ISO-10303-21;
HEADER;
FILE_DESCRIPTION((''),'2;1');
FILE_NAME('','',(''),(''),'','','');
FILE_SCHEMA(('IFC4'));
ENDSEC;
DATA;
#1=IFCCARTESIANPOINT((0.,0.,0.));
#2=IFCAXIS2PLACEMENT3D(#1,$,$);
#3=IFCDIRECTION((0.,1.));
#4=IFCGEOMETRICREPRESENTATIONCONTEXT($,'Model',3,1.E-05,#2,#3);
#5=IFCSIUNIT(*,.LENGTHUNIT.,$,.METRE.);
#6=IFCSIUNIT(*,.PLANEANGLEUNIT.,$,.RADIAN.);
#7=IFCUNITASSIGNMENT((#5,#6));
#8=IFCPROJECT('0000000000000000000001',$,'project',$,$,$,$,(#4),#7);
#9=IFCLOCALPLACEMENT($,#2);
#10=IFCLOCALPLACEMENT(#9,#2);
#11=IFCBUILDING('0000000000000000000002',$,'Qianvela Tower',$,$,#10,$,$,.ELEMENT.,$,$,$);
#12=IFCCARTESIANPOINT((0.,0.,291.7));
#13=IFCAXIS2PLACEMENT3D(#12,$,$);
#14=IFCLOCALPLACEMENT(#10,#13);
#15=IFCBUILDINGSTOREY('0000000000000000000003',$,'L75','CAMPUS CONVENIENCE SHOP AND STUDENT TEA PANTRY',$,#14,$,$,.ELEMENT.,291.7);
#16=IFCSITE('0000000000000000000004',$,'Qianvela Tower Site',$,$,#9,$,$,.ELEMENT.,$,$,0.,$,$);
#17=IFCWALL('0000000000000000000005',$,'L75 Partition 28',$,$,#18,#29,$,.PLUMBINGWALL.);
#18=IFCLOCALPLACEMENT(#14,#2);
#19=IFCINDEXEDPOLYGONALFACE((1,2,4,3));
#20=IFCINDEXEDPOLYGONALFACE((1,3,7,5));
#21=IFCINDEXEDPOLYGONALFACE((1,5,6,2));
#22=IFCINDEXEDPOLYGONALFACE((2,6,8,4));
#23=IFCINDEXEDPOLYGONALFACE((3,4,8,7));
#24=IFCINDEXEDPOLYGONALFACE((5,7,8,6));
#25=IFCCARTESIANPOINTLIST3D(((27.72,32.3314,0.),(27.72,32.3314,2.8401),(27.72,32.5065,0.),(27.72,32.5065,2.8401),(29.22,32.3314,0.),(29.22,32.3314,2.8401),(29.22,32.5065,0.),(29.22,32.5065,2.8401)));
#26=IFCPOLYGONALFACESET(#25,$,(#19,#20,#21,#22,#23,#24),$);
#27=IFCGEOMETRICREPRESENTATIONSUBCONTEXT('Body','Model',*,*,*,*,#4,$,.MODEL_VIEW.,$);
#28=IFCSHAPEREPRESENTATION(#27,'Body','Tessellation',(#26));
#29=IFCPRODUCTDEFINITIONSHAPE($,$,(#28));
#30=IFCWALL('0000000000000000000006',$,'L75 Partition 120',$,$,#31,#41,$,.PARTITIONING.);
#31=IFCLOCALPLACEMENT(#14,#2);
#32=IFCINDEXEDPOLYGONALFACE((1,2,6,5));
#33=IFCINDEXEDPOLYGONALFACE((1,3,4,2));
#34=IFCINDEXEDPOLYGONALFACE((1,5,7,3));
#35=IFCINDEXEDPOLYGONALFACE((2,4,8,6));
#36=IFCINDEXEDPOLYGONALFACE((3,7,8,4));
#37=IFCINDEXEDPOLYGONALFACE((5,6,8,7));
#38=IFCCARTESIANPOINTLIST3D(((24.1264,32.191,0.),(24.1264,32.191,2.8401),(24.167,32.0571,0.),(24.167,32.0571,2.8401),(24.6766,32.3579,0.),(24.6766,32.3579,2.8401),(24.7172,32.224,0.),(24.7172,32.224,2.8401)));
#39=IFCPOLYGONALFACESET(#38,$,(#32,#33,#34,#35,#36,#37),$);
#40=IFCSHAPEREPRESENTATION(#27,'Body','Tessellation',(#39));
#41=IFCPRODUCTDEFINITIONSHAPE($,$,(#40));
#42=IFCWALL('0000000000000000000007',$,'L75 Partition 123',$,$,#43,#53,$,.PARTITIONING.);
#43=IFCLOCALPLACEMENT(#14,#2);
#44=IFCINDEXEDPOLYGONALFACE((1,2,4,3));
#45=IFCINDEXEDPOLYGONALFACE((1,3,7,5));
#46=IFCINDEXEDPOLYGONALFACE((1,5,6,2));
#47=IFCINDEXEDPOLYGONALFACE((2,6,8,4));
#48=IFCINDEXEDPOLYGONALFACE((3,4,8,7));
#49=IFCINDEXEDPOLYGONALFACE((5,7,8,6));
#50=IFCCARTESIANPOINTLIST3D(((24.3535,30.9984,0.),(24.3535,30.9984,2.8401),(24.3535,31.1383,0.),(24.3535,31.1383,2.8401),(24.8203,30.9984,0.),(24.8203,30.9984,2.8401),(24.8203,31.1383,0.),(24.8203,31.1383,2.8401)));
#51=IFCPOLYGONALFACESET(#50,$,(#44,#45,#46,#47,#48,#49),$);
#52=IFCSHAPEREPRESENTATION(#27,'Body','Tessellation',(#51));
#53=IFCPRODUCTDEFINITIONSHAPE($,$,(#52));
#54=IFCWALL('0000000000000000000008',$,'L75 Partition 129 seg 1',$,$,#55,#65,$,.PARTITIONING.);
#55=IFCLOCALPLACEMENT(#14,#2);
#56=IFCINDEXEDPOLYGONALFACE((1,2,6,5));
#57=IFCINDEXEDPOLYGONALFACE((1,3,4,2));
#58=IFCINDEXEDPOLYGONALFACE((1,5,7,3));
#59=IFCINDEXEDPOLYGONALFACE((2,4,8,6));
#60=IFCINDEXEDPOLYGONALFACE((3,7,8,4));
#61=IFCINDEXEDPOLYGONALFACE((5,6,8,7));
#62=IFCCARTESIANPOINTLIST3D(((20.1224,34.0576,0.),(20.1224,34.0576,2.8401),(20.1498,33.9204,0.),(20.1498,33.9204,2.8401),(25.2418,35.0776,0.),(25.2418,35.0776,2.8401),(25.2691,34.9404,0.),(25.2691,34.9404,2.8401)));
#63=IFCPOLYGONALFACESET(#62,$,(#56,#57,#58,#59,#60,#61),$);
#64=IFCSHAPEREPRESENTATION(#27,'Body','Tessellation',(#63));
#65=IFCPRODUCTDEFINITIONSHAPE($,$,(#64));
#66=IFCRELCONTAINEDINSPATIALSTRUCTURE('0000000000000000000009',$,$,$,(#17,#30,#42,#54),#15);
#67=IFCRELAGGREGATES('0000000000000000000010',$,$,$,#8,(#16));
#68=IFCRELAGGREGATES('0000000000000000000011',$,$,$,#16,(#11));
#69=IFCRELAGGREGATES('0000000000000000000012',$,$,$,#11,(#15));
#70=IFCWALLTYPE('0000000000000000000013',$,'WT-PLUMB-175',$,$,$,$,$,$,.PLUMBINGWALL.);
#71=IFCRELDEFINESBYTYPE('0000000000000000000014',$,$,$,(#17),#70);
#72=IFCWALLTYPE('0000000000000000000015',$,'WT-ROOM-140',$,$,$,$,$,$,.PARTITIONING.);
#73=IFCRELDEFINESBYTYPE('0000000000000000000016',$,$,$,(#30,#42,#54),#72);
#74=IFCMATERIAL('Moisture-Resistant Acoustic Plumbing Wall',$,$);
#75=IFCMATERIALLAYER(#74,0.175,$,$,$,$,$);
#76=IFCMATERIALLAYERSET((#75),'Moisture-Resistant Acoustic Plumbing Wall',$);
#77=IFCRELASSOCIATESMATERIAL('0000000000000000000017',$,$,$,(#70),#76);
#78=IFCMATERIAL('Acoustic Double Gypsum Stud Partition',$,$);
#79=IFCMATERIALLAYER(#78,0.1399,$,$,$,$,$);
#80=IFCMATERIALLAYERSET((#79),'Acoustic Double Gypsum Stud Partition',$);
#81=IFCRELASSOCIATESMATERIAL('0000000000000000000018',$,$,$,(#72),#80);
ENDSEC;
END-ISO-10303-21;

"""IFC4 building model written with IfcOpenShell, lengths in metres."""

from ifc_helpers import new_model, si_unit, direction, frame, frame_2d, origin, place, context, subcontext, project, spatial, rectangle, extrude, material, layer, layer_set, type_object, element, save


model = new_model("IFC4")

# Units and contexts
model_context = context("Model", 3, precision=1e-05, world=origin(), true_north=direction((0.0, 1.0)))
body_context = subcontext(model_context, "Body", "Model", "MODEL_VIEW")
ifc_project = project(units=[si_unit("LENGTHUNIT", "METRE"), si_unit("PLANEANGLEUNIT", "RADIAN")], contexts=[model_context])

# Site, building, storey
site_placement = place(None, origin())
site = spatial("IfcSite", under=ifc_project, at=site_placement, Name="Qianvela Tower Site", CompositionType="ELEMENT", RefElevation=0.0)
building_placement = place(site_placement, origin())
building = spatial("IfcBuilding", under=site, at=building_placement, Name="Qianvela Tower", CompositionType="ELEMENT")
storey_placement = place(building_placement, frame((0.0, 0.0, 291.7)))
storey = spatial("IfcBuildingStorey", under=building, at=storey_placement, Name="L75", Description="CAMPUS CONVENIENCE SHOP AND STUDENT TEA PANTRY", CompositionType="ELEMENT", Elevation=291.7)

# Walls
ifc_material_1 = material(Name="Moisture-Resistant Acoustic Plumbing Wall")
ifc_layer_1 = layer(ifc_material_1, 0.175)
ifc_layer_set_1 = layer_set([ifc_layer_1], Name="Moisture-Resistant Acoustic Plumbing Wall")
wall_type_1 = type_object("IfcWallType", Name="WT-PLUMB-175", PredefinedType="PLUMBINGWALL", material=ifc_layer_set_1)
for number, where, z_axis, x_axis, name in (
    (1, (27.72, 32.4189, 0.0), (0.0, 0.0, 1.0), (1.0, 0.0, 0.0), "L75 Partition 28"),
):
    element("IfcWall", number, at=place(storey_placement, frame(where, z_axis=z_axis, x_axis=x_axis)), inside=storey, type_object=wall_type_1, Name=name, PredefinedType="PLUMBINGWALL", context=body_context, shape_type="SweptSolid", body=[
        extrude(rectangle(XDim=1.5, YDim=0.175, at=frame_2d((0.75, 0.0))), origin(), (0.0, 0.0, 1.0), 2.8401),
    ])
ifc_material_2 = material(Name="Acoustic Double Gypsum Stud Partition")
ifc_layer_2 = layer(ifc_material_2, 0.1399)
ifc_layer_set_2 = layer_set([ifc_layer_2], Name="Acoustic Double Gypsum Stud Partition")
wall_type_2 = type_object("IfcWallType", Name="WT-ROOM-140", PredefinedType="PARTITIONING", material=ifc_layer_set_2)
wall_1_placement = place(storey_placement, frame((24.697, 32.291, 0.0), z_axis=(0.0, 0.0, 1.0), x_axis=(-0.95691, -0.290384, 0.0)))
element("IfcWall", 2, at=wall_1_placement, inside=storey, type_object=wall_type_2, Name="L75 Partition 120", PredefinedType="PARTITIONING", context=body_context, shape_type="SweptSolid", body=[
    extrude(rectangle(XDim=0.575, YDim=0.1399, at=frame_2d((0.2876, 0.0))), origin(), (0.0, 0.0, 1.0), 2.8401),
])
wall_2_placement = place(storey_placement, frame((24.3535, 31.0684, 0.0), z_axis=(0.0, 0.0, 1.0), x_axis=(1.0, 0.0, 0.0)))
element("IfcWall", 3, at=wall_2_placement, inside=storey, type_object=wall_type_2, Name="L75 Partition 123", PredefinedType="PARTITIONING", context=body_context, shape_type="SweptSolid", body=[
    extrude(rectangle(XDim=0.4668, YDim=0.1399, at=frame_2d((0.2334, 0.0))), origin(), (0.0, 0.0, 1.0), 2.8401),
])
wall_3_placement = place(storey_placement, frame((20.1362, 33.989, 0.0), z_axis=(0.0, 0.0, 1.0), x_axis=(0.980723, 0.195406, 0.0)))
element("IfcWall", 4, at=wall_3_placement, inside=storey, type_object=wall_type_2, Name="L75 Partition 129 seg 1", PredefinedType="PARTITIONING", context=body_context, shape_type="SweptSolid", body=[
    extrude(rectangle(XDim=5.22, YDim=0.1399, at=frame_2d((2.6099, 0.0))), origin(), (0.0, 0.0, 1.0), 2.8401),
])

save(model, "model.ifc")
